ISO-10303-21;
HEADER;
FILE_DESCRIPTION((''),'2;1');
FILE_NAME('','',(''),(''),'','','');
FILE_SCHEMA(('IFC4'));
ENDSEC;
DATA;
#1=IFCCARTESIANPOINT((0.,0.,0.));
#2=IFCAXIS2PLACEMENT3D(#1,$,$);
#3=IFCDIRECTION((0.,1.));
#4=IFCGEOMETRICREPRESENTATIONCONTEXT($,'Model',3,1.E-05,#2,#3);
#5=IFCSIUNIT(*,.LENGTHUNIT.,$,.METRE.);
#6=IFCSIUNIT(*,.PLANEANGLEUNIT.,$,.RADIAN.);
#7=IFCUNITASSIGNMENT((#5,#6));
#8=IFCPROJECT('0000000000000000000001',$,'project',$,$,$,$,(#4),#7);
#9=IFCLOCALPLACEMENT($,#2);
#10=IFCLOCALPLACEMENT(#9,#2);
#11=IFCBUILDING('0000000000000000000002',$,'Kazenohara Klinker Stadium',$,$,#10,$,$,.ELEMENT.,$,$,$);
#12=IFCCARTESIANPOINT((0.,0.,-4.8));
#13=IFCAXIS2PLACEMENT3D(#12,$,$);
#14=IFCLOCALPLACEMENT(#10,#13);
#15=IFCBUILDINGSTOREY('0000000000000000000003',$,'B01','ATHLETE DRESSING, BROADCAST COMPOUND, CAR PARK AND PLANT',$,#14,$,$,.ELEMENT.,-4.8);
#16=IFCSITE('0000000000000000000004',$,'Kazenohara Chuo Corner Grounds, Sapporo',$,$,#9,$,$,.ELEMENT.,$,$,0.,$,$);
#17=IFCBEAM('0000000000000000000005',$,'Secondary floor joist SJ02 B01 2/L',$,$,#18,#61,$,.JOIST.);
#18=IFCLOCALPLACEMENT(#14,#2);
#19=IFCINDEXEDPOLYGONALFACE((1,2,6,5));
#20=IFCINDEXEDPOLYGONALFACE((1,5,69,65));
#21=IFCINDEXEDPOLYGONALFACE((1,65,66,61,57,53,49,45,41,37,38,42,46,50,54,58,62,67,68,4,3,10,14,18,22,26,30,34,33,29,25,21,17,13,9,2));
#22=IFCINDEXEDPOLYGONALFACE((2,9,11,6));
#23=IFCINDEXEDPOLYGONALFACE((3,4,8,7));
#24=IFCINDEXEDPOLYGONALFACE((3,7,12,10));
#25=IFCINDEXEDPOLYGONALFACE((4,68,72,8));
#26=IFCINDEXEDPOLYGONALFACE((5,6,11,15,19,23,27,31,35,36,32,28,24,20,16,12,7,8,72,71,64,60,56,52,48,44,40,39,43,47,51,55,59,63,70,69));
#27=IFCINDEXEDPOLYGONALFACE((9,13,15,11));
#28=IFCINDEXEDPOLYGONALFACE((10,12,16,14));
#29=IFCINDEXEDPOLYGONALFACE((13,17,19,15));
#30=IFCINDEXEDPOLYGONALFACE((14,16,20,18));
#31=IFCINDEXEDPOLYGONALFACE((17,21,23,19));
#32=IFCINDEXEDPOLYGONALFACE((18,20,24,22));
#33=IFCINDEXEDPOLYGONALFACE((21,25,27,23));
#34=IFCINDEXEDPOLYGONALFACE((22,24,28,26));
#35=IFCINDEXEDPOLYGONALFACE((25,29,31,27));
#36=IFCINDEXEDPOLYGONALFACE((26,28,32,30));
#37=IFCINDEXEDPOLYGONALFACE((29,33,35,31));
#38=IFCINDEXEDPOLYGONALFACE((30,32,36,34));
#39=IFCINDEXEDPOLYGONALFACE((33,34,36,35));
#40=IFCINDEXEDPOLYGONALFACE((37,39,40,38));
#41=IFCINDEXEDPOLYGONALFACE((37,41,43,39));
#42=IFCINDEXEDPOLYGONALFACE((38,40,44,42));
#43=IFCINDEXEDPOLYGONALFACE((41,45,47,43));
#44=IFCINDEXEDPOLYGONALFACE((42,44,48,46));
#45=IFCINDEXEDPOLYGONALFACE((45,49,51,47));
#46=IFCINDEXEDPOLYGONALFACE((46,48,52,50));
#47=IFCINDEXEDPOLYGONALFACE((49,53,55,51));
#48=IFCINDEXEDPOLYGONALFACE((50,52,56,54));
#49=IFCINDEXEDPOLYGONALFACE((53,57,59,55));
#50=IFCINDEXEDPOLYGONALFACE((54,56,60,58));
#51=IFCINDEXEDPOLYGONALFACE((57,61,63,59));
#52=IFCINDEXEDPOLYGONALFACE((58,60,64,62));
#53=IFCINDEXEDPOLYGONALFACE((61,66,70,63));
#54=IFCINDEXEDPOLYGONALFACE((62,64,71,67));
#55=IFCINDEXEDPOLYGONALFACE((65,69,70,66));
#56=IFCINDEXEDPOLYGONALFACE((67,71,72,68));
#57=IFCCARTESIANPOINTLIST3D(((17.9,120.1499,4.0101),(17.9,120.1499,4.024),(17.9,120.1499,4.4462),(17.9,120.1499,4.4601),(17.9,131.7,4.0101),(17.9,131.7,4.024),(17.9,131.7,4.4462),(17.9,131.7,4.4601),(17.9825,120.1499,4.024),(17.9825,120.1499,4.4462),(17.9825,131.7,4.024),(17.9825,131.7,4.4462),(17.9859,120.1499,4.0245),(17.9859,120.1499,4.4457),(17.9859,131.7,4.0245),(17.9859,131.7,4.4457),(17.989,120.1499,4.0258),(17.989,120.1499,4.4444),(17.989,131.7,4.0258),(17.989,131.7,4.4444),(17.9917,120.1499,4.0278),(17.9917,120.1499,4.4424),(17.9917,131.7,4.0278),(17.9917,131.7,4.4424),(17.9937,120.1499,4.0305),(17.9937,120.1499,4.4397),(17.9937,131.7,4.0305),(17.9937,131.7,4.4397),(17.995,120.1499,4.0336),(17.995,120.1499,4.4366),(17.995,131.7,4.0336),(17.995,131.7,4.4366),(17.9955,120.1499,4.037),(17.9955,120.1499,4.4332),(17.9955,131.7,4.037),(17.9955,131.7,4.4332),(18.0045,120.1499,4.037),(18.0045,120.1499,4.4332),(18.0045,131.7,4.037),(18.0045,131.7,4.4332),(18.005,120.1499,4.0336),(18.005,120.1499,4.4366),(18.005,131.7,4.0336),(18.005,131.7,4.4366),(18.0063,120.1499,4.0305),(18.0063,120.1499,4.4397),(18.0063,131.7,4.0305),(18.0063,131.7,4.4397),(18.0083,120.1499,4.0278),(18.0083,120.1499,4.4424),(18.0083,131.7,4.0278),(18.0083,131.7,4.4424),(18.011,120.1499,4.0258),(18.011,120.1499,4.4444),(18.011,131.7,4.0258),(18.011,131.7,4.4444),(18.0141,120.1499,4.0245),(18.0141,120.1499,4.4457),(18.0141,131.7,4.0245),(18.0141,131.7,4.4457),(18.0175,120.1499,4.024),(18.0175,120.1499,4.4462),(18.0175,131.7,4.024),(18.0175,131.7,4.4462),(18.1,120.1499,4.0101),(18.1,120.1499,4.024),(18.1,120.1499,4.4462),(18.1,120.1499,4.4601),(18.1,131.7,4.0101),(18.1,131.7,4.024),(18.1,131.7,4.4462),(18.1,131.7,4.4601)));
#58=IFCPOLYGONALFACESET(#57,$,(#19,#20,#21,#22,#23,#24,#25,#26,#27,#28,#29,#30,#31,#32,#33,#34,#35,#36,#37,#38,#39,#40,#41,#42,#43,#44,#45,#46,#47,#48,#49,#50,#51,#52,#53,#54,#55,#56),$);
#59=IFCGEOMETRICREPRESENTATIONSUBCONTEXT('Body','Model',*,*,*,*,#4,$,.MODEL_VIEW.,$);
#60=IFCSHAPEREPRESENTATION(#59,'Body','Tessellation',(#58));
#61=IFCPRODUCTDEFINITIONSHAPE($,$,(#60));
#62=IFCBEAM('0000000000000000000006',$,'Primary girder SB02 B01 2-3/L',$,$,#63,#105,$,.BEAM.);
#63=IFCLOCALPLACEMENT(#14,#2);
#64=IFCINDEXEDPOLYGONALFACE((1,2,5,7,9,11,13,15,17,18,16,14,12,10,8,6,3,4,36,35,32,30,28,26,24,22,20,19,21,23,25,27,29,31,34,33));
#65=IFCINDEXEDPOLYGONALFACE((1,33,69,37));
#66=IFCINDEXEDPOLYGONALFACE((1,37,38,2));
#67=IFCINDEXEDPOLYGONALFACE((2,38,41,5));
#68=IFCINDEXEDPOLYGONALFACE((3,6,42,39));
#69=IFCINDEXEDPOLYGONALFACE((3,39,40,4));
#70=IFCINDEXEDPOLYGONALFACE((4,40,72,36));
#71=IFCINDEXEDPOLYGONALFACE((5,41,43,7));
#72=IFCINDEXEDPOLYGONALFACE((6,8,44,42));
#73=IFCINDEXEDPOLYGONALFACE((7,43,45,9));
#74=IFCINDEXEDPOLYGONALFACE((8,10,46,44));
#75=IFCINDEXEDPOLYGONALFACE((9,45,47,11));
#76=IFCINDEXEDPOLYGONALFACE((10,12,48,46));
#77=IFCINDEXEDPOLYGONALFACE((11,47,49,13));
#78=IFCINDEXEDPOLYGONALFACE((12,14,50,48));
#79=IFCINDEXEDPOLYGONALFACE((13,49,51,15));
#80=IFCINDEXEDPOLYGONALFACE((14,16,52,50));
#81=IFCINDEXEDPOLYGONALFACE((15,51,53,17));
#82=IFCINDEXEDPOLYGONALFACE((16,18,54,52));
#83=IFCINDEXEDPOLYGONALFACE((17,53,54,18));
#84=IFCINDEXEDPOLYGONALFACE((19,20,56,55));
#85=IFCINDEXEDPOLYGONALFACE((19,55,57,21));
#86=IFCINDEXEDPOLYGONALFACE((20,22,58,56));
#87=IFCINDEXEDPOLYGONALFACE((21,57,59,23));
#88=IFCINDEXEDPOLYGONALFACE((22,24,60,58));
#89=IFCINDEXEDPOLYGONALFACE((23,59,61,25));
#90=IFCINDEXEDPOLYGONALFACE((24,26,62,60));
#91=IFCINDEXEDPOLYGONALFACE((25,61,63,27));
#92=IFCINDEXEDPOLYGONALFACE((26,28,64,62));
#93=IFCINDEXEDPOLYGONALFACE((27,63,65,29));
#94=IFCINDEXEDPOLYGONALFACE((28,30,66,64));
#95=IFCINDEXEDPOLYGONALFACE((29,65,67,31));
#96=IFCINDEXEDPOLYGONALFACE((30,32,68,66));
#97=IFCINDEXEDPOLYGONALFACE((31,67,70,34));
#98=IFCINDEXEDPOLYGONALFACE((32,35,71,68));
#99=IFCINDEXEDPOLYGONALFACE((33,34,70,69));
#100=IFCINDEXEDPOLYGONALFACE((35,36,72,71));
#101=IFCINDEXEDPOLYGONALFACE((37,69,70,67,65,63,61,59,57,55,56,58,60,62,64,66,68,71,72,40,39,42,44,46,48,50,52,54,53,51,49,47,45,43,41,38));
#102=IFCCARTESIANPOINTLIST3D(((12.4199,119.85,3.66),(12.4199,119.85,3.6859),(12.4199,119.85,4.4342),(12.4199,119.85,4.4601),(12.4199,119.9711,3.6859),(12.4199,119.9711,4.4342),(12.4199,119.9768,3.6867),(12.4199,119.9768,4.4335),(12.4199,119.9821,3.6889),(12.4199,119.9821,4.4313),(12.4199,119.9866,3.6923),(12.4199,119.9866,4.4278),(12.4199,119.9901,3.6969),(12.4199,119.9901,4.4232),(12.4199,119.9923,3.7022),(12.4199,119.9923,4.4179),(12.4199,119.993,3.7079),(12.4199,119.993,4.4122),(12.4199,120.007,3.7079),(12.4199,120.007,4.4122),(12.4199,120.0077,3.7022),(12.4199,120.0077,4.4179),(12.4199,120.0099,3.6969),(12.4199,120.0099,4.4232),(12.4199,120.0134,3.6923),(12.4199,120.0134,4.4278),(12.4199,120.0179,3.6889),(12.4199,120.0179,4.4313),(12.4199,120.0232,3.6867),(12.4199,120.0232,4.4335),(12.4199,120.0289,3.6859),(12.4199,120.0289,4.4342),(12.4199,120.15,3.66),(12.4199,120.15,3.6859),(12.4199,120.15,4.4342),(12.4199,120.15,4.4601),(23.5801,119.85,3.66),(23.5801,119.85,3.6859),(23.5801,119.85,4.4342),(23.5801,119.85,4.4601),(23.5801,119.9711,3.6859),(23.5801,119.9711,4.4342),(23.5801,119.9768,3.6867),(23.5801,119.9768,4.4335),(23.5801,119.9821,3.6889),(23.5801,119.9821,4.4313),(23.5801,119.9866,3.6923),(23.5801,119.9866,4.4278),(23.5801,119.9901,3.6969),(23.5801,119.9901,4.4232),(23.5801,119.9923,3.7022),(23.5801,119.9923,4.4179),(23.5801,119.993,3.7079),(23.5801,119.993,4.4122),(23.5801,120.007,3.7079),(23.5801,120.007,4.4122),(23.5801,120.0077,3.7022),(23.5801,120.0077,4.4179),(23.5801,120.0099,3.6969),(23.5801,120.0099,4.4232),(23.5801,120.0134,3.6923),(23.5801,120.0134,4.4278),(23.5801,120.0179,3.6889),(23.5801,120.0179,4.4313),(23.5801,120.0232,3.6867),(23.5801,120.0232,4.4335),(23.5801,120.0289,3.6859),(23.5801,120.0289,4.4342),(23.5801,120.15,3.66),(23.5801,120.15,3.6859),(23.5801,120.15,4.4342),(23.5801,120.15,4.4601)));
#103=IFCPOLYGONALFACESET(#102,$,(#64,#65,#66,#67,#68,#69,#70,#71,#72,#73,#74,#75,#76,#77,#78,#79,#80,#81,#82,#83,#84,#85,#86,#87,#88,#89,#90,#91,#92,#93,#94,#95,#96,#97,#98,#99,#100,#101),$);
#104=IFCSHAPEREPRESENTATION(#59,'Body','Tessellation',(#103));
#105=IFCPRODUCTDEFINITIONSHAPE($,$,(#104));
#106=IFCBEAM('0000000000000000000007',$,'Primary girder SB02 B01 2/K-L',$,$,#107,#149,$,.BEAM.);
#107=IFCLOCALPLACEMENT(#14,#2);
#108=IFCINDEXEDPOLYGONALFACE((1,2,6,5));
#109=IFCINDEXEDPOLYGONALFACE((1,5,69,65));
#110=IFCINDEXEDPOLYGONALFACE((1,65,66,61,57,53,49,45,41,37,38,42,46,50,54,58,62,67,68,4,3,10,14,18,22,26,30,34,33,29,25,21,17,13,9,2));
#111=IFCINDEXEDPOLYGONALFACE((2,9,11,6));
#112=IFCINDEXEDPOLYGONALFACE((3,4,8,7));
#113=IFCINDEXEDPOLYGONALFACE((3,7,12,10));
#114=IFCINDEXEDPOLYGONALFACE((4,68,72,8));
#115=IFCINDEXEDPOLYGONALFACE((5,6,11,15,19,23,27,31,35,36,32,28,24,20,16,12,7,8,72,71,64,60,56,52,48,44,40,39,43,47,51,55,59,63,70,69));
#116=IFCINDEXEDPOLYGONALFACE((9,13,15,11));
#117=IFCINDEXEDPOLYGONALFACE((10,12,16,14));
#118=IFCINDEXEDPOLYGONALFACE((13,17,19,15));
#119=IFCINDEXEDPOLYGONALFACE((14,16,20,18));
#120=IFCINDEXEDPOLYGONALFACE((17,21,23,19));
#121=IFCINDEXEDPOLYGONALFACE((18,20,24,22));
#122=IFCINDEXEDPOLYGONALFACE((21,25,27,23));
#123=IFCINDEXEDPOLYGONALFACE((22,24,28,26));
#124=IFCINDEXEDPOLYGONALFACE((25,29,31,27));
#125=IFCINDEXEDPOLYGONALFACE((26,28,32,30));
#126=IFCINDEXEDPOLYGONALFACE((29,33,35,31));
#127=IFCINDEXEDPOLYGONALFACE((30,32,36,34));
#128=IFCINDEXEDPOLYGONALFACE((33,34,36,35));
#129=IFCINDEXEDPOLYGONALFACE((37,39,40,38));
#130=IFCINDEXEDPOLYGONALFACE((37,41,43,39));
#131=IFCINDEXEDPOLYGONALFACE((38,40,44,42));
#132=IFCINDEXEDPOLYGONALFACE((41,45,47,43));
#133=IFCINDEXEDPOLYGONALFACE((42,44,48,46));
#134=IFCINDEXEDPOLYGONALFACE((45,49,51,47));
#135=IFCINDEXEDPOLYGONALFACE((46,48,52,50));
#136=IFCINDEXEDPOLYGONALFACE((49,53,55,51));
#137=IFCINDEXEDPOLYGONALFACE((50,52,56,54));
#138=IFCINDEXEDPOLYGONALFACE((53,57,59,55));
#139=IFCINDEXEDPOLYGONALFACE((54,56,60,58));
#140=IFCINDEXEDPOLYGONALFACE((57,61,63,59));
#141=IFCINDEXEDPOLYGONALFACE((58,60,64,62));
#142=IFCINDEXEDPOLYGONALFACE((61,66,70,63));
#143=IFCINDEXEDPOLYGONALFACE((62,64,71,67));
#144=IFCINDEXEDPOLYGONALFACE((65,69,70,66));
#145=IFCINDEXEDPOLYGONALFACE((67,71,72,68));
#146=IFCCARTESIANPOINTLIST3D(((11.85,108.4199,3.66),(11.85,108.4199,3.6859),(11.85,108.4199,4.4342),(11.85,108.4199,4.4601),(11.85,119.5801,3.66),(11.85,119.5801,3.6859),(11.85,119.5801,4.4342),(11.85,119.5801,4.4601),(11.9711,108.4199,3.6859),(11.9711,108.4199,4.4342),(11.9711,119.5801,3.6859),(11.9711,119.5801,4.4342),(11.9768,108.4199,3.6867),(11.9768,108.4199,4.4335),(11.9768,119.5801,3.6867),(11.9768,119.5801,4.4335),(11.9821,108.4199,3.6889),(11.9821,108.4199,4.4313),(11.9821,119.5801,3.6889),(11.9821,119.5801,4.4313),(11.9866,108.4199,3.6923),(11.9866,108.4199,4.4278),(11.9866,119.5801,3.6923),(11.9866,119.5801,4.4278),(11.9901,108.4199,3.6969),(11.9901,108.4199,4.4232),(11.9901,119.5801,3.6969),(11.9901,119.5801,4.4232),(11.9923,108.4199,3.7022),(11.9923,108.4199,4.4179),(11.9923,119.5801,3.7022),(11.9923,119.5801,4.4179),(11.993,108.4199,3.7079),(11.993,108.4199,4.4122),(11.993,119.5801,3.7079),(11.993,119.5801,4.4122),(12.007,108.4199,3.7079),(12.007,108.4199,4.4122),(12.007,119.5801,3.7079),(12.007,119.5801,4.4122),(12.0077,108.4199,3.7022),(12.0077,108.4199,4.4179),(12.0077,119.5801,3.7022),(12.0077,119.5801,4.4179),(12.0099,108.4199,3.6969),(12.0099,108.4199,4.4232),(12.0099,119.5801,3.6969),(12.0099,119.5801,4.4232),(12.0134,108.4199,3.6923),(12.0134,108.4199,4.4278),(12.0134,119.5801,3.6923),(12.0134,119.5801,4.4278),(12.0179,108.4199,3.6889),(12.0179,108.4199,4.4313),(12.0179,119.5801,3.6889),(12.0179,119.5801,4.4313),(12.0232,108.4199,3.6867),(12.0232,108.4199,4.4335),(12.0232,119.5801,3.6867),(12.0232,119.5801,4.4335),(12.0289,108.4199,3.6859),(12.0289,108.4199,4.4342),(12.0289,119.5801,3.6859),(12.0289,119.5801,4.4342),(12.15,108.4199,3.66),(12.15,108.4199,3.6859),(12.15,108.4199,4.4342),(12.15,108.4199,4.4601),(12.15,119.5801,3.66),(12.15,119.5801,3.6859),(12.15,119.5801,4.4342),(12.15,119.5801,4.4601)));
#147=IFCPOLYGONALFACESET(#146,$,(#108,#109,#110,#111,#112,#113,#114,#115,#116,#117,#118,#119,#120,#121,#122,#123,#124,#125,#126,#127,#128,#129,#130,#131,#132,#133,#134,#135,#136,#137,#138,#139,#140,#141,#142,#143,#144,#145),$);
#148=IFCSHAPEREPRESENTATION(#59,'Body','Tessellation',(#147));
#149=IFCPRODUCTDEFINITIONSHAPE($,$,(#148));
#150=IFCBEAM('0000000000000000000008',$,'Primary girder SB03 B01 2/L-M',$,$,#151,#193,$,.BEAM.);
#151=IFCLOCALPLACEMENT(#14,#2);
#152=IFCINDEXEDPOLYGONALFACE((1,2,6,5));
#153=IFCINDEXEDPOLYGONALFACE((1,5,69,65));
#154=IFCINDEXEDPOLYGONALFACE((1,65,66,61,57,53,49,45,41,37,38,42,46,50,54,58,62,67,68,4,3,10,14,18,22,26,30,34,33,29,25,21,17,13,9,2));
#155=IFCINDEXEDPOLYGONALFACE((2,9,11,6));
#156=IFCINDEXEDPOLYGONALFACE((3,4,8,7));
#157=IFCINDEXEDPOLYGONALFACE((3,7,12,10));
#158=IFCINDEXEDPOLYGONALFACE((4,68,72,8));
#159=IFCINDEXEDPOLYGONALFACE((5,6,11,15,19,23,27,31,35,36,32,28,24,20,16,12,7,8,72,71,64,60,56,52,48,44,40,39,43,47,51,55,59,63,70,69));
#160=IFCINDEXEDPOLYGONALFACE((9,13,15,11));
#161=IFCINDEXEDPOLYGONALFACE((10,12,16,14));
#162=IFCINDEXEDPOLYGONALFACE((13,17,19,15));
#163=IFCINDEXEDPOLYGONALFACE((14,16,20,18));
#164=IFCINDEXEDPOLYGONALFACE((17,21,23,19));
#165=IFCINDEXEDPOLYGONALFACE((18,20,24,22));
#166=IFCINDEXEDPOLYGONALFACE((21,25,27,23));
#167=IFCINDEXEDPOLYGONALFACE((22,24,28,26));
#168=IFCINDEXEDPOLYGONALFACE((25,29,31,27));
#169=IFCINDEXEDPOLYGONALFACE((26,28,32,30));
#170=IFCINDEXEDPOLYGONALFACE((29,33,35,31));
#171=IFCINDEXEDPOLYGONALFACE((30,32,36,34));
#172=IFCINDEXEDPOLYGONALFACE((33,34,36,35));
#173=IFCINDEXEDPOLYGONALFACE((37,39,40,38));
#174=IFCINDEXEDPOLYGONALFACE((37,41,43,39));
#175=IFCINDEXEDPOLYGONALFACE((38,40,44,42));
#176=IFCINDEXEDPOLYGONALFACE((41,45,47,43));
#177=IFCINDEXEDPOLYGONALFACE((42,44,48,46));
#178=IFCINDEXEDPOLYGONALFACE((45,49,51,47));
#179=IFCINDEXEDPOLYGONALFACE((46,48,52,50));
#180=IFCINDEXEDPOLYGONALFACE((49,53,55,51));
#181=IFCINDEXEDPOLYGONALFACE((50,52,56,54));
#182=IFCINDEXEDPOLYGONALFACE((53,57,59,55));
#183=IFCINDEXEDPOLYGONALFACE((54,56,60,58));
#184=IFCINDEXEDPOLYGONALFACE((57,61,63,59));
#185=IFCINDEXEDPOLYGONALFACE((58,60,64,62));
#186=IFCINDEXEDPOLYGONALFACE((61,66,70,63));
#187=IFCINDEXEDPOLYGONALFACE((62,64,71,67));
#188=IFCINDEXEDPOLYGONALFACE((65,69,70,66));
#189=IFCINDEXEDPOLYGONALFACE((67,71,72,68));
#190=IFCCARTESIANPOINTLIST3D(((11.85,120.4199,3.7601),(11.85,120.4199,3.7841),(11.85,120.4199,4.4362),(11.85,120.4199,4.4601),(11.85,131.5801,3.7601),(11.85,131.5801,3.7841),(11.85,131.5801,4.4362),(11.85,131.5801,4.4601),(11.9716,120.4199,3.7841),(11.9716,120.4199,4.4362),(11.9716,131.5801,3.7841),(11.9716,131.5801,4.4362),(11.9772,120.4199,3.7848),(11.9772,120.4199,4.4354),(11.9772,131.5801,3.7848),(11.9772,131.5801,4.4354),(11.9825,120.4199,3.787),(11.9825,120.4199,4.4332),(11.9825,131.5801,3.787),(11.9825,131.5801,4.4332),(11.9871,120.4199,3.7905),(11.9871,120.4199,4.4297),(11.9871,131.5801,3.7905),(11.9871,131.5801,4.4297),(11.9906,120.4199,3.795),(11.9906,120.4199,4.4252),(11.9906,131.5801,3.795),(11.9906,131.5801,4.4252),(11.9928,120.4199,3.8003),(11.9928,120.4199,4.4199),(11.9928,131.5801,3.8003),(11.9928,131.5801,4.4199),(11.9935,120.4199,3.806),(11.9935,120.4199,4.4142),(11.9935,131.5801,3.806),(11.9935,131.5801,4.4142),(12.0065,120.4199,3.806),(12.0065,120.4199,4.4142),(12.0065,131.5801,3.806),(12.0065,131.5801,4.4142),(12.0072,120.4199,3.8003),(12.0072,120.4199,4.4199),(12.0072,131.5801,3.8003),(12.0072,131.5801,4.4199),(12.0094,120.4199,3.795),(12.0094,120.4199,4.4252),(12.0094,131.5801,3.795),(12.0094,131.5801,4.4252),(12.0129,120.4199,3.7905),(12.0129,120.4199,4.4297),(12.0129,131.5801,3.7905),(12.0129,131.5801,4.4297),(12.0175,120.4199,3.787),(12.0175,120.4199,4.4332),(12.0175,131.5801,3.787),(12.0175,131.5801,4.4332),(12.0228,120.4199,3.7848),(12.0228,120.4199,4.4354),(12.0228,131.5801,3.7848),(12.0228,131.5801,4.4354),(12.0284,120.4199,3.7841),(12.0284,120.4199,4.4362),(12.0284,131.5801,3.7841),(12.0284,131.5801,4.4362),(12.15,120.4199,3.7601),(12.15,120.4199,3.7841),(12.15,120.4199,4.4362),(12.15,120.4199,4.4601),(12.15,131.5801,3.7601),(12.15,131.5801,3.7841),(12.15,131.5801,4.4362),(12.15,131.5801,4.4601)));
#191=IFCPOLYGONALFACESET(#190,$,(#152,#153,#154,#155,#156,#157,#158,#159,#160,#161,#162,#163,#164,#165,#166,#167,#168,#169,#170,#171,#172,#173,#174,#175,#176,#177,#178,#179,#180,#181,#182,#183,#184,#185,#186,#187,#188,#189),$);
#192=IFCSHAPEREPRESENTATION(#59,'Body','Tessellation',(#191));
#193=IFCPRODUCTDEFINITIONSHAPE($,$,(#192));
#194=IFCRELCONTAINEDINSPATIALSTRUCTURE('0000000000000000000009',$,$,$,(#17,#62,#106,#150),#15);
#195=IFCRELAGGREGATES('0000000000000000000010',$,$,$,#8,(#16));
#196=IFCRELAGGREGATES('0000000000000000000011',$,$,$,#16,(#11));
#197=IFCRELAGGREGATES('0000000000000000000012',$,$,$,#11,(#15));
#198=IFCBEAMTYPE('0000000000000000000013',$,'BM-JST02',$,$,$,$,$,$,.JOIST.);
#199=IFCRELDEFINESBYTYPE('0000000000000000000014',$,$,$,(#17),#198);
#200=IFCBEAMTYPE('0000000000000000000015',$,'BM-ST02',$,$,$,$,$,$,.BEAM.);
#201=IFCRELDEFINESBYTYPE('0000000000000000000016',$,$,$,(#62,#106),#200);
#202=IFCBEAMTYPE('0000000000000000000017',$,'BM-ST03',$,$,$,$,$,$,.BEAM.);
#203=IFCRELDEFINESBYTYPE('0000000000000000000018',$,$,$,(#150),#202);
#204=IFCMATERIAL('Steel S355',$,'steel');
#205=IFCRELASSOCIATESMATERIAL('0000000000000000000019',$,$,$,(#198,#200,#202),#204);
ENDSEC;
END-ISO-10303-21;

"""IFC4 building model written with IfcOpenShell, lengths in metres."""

from ifc_helpers import new_model, si_unit, direction, frame, origin, origin_2d, place, context, subcontext, project, spatial, i_section, extrude, material, material_profile, profile_set, type_object, element, save


model = new_model("IFC4")

# Units and contexts
model_context = context("Model", 3, precision=1e-05, world=origin(), true_north=direction((0.0, 1.0)))
body_context = subcontext(model_context, "Body", "Model", "MODEL_VIEW")
ifc_project = project(units=[si_unit("LENGTHUNIT", "METRE"), si_unit("PLANEANGLEUNIT", "RADIAN")], contexts=[model_context])

# Site, building, storey
site_placement = place(None, origin())
site = spatial("IfcSite", under=ifc_project, at=site_placement, Name="Kazenohara Chuo Corner Grounds, Sapporo", CompositionType="ELEMENT", RefElevation=0.0)
building_placement = place(site_placement, origin())
building = spatial("IfcBuilding", under=site, at=building_placement, Name="Kazenohara Klinker Stadium", CompositionType="ELEMENT")
storey_placement = place(building_placement, frame((0.0, 0.0, -4.8)))
storey = spatial("IfcBuildingStorey", under=building, at=storey_placement, Name="B01", Description="ATHLETE DRESSING, BROADCAST COMPOUND, CAR PARK AND PLANT", CompositionType="ELEMENT", Elevation=-4.8)

# Beams
ifc_material_1 = material(Name="Steel S355", Category="steel")
ifc_material_profile_1 = material_profile(ifc_material_1, i_section(OverallWidth=0.2, OverallDepth=0.45, WebThickness=0.009, FlangeThickness=0.0139, FilletRadius=0.0129, at=origin_2d()), Name="H-450x200x9x14")
ifc_profile_set_1 = profile_set([ifc_material_profile_1], Name="Steel S355")
beam_type_1 = type_object("IfcBeamType", Name="BM-JST02", PredefinedType="JOIST", material=ifc_profile_set_1)
beam_1_placement = place(storey_placement, frame((18.0, 120.1499, 4.2351), z_axis=(0.0, 1.0, 0.0), x_axis=(-1.0, 0.0, 0.0)))
element("IfcBeam", 1, at=beam_1_placement, inside=storey, type_object=beam_type_1, Name="Secondary floor joist SJ02 B01 2/L", PredefinedType="JOIST", context=body_context, shape_type="SweptSolid", body=[
    extrude(i_section(OverallWidth=0.2, OverallDepth=0.45, WebThickness=0.009, FlangeThickness=0.0139, FilletRadius=0.0129, at=origin_2d()), origin(), (0.0, 0.0, 1.0), 11.55),
])
ifc_material_profile_2 = material_profile(ifc_material_1, i_section(OverallWidth=0.3, OverallDepth=0.8, WebThickness=0.0139, FlangeThickness=0.0259, FilletRadius=0.022, at=origin_2d()), Name="H-800x300x14x26")
ifc_profile_set_2 = profile_set([ifc_material_profile_2], Name="Steel S355")
beam_type_2 = type_object("IfcBeamType", Name="BM-ST02", PredefinedType="BEAM", material=ifc_profile_set_2)
for number, where, z_axis, x_axis, name in (
    (2, (12.4199, 120.0, 4.0601), (1.0, 0.0, 0.0), (0.0, 1.0, 0.0), "Primary girder SB02 B01 2-3/L"),
    (3, (12.0, 108.4199, 4.0601), (0.0, 1.0, 0.0), (-1.0, 0.0, 0.0), "Primary girder SB02 B01 2/K-L"),
):
    element("IfcBeam", number, at=place(storey_placement, frame(where, z_axis=z_axis, x_axis=x_axis)), inside=storey, type_object=beam_type_2, Name=name, PredefinedType="BEAM", context=body_context, shape_type="SweptSolid", body=[
        extrude(i_section(OverallWidth=0.3, OverallDepth=0.8, WebThickness=0.0139, FlangeThickness=0.0259, FilletRadius=0.022, at=origin_2d()), origin(), (0.0, 0.0, 1.0), 11.1602),
    ])
ifc_material_profile_3 = material_profile(ifc_material_1, i_section(OverallWidth=0.3, OverallDepth=0.7, WebThickness=0.0129, FlangeThickness=0.0239, FilletRadius=0.022, at=origin_2d()), Name="H-700x300x13x24")
ifc_profile_set_3 = profile_set([ifc_material_profile_3], Name="Steel S355")
beam_type_3 = type_object("IfcBeamType", Name="BM-ST03", PredefinedType="BEAM", material=ifc_profile_set_3)
beam_2_placement = place(storey_placement, frame((12.0, 120.4199, 4.1101), z_axis=(0.0, 1.0, 0.0), x_axis=(-1.0, 0.0, 0.0)))
element("IfcBeam", 4, at=beam_2_placement, inside=storey, type_object=beam_type_3, Name="Primary girder SB03 B01 2/L-M", PredefinedType="BEAM", context=body_context, shape_type="SweptSolid", body=[
    extrude(i_section(OverallWidth=0.3, OverallDepth=0.7, WebThickness=0.0129, FlangeThickness=0.0239, FilletRadius=0.022, at=origin_2d()), origin(), (0.0, 0.0, 1.0), 11.1602),
])

save(model, "model.ifc")
